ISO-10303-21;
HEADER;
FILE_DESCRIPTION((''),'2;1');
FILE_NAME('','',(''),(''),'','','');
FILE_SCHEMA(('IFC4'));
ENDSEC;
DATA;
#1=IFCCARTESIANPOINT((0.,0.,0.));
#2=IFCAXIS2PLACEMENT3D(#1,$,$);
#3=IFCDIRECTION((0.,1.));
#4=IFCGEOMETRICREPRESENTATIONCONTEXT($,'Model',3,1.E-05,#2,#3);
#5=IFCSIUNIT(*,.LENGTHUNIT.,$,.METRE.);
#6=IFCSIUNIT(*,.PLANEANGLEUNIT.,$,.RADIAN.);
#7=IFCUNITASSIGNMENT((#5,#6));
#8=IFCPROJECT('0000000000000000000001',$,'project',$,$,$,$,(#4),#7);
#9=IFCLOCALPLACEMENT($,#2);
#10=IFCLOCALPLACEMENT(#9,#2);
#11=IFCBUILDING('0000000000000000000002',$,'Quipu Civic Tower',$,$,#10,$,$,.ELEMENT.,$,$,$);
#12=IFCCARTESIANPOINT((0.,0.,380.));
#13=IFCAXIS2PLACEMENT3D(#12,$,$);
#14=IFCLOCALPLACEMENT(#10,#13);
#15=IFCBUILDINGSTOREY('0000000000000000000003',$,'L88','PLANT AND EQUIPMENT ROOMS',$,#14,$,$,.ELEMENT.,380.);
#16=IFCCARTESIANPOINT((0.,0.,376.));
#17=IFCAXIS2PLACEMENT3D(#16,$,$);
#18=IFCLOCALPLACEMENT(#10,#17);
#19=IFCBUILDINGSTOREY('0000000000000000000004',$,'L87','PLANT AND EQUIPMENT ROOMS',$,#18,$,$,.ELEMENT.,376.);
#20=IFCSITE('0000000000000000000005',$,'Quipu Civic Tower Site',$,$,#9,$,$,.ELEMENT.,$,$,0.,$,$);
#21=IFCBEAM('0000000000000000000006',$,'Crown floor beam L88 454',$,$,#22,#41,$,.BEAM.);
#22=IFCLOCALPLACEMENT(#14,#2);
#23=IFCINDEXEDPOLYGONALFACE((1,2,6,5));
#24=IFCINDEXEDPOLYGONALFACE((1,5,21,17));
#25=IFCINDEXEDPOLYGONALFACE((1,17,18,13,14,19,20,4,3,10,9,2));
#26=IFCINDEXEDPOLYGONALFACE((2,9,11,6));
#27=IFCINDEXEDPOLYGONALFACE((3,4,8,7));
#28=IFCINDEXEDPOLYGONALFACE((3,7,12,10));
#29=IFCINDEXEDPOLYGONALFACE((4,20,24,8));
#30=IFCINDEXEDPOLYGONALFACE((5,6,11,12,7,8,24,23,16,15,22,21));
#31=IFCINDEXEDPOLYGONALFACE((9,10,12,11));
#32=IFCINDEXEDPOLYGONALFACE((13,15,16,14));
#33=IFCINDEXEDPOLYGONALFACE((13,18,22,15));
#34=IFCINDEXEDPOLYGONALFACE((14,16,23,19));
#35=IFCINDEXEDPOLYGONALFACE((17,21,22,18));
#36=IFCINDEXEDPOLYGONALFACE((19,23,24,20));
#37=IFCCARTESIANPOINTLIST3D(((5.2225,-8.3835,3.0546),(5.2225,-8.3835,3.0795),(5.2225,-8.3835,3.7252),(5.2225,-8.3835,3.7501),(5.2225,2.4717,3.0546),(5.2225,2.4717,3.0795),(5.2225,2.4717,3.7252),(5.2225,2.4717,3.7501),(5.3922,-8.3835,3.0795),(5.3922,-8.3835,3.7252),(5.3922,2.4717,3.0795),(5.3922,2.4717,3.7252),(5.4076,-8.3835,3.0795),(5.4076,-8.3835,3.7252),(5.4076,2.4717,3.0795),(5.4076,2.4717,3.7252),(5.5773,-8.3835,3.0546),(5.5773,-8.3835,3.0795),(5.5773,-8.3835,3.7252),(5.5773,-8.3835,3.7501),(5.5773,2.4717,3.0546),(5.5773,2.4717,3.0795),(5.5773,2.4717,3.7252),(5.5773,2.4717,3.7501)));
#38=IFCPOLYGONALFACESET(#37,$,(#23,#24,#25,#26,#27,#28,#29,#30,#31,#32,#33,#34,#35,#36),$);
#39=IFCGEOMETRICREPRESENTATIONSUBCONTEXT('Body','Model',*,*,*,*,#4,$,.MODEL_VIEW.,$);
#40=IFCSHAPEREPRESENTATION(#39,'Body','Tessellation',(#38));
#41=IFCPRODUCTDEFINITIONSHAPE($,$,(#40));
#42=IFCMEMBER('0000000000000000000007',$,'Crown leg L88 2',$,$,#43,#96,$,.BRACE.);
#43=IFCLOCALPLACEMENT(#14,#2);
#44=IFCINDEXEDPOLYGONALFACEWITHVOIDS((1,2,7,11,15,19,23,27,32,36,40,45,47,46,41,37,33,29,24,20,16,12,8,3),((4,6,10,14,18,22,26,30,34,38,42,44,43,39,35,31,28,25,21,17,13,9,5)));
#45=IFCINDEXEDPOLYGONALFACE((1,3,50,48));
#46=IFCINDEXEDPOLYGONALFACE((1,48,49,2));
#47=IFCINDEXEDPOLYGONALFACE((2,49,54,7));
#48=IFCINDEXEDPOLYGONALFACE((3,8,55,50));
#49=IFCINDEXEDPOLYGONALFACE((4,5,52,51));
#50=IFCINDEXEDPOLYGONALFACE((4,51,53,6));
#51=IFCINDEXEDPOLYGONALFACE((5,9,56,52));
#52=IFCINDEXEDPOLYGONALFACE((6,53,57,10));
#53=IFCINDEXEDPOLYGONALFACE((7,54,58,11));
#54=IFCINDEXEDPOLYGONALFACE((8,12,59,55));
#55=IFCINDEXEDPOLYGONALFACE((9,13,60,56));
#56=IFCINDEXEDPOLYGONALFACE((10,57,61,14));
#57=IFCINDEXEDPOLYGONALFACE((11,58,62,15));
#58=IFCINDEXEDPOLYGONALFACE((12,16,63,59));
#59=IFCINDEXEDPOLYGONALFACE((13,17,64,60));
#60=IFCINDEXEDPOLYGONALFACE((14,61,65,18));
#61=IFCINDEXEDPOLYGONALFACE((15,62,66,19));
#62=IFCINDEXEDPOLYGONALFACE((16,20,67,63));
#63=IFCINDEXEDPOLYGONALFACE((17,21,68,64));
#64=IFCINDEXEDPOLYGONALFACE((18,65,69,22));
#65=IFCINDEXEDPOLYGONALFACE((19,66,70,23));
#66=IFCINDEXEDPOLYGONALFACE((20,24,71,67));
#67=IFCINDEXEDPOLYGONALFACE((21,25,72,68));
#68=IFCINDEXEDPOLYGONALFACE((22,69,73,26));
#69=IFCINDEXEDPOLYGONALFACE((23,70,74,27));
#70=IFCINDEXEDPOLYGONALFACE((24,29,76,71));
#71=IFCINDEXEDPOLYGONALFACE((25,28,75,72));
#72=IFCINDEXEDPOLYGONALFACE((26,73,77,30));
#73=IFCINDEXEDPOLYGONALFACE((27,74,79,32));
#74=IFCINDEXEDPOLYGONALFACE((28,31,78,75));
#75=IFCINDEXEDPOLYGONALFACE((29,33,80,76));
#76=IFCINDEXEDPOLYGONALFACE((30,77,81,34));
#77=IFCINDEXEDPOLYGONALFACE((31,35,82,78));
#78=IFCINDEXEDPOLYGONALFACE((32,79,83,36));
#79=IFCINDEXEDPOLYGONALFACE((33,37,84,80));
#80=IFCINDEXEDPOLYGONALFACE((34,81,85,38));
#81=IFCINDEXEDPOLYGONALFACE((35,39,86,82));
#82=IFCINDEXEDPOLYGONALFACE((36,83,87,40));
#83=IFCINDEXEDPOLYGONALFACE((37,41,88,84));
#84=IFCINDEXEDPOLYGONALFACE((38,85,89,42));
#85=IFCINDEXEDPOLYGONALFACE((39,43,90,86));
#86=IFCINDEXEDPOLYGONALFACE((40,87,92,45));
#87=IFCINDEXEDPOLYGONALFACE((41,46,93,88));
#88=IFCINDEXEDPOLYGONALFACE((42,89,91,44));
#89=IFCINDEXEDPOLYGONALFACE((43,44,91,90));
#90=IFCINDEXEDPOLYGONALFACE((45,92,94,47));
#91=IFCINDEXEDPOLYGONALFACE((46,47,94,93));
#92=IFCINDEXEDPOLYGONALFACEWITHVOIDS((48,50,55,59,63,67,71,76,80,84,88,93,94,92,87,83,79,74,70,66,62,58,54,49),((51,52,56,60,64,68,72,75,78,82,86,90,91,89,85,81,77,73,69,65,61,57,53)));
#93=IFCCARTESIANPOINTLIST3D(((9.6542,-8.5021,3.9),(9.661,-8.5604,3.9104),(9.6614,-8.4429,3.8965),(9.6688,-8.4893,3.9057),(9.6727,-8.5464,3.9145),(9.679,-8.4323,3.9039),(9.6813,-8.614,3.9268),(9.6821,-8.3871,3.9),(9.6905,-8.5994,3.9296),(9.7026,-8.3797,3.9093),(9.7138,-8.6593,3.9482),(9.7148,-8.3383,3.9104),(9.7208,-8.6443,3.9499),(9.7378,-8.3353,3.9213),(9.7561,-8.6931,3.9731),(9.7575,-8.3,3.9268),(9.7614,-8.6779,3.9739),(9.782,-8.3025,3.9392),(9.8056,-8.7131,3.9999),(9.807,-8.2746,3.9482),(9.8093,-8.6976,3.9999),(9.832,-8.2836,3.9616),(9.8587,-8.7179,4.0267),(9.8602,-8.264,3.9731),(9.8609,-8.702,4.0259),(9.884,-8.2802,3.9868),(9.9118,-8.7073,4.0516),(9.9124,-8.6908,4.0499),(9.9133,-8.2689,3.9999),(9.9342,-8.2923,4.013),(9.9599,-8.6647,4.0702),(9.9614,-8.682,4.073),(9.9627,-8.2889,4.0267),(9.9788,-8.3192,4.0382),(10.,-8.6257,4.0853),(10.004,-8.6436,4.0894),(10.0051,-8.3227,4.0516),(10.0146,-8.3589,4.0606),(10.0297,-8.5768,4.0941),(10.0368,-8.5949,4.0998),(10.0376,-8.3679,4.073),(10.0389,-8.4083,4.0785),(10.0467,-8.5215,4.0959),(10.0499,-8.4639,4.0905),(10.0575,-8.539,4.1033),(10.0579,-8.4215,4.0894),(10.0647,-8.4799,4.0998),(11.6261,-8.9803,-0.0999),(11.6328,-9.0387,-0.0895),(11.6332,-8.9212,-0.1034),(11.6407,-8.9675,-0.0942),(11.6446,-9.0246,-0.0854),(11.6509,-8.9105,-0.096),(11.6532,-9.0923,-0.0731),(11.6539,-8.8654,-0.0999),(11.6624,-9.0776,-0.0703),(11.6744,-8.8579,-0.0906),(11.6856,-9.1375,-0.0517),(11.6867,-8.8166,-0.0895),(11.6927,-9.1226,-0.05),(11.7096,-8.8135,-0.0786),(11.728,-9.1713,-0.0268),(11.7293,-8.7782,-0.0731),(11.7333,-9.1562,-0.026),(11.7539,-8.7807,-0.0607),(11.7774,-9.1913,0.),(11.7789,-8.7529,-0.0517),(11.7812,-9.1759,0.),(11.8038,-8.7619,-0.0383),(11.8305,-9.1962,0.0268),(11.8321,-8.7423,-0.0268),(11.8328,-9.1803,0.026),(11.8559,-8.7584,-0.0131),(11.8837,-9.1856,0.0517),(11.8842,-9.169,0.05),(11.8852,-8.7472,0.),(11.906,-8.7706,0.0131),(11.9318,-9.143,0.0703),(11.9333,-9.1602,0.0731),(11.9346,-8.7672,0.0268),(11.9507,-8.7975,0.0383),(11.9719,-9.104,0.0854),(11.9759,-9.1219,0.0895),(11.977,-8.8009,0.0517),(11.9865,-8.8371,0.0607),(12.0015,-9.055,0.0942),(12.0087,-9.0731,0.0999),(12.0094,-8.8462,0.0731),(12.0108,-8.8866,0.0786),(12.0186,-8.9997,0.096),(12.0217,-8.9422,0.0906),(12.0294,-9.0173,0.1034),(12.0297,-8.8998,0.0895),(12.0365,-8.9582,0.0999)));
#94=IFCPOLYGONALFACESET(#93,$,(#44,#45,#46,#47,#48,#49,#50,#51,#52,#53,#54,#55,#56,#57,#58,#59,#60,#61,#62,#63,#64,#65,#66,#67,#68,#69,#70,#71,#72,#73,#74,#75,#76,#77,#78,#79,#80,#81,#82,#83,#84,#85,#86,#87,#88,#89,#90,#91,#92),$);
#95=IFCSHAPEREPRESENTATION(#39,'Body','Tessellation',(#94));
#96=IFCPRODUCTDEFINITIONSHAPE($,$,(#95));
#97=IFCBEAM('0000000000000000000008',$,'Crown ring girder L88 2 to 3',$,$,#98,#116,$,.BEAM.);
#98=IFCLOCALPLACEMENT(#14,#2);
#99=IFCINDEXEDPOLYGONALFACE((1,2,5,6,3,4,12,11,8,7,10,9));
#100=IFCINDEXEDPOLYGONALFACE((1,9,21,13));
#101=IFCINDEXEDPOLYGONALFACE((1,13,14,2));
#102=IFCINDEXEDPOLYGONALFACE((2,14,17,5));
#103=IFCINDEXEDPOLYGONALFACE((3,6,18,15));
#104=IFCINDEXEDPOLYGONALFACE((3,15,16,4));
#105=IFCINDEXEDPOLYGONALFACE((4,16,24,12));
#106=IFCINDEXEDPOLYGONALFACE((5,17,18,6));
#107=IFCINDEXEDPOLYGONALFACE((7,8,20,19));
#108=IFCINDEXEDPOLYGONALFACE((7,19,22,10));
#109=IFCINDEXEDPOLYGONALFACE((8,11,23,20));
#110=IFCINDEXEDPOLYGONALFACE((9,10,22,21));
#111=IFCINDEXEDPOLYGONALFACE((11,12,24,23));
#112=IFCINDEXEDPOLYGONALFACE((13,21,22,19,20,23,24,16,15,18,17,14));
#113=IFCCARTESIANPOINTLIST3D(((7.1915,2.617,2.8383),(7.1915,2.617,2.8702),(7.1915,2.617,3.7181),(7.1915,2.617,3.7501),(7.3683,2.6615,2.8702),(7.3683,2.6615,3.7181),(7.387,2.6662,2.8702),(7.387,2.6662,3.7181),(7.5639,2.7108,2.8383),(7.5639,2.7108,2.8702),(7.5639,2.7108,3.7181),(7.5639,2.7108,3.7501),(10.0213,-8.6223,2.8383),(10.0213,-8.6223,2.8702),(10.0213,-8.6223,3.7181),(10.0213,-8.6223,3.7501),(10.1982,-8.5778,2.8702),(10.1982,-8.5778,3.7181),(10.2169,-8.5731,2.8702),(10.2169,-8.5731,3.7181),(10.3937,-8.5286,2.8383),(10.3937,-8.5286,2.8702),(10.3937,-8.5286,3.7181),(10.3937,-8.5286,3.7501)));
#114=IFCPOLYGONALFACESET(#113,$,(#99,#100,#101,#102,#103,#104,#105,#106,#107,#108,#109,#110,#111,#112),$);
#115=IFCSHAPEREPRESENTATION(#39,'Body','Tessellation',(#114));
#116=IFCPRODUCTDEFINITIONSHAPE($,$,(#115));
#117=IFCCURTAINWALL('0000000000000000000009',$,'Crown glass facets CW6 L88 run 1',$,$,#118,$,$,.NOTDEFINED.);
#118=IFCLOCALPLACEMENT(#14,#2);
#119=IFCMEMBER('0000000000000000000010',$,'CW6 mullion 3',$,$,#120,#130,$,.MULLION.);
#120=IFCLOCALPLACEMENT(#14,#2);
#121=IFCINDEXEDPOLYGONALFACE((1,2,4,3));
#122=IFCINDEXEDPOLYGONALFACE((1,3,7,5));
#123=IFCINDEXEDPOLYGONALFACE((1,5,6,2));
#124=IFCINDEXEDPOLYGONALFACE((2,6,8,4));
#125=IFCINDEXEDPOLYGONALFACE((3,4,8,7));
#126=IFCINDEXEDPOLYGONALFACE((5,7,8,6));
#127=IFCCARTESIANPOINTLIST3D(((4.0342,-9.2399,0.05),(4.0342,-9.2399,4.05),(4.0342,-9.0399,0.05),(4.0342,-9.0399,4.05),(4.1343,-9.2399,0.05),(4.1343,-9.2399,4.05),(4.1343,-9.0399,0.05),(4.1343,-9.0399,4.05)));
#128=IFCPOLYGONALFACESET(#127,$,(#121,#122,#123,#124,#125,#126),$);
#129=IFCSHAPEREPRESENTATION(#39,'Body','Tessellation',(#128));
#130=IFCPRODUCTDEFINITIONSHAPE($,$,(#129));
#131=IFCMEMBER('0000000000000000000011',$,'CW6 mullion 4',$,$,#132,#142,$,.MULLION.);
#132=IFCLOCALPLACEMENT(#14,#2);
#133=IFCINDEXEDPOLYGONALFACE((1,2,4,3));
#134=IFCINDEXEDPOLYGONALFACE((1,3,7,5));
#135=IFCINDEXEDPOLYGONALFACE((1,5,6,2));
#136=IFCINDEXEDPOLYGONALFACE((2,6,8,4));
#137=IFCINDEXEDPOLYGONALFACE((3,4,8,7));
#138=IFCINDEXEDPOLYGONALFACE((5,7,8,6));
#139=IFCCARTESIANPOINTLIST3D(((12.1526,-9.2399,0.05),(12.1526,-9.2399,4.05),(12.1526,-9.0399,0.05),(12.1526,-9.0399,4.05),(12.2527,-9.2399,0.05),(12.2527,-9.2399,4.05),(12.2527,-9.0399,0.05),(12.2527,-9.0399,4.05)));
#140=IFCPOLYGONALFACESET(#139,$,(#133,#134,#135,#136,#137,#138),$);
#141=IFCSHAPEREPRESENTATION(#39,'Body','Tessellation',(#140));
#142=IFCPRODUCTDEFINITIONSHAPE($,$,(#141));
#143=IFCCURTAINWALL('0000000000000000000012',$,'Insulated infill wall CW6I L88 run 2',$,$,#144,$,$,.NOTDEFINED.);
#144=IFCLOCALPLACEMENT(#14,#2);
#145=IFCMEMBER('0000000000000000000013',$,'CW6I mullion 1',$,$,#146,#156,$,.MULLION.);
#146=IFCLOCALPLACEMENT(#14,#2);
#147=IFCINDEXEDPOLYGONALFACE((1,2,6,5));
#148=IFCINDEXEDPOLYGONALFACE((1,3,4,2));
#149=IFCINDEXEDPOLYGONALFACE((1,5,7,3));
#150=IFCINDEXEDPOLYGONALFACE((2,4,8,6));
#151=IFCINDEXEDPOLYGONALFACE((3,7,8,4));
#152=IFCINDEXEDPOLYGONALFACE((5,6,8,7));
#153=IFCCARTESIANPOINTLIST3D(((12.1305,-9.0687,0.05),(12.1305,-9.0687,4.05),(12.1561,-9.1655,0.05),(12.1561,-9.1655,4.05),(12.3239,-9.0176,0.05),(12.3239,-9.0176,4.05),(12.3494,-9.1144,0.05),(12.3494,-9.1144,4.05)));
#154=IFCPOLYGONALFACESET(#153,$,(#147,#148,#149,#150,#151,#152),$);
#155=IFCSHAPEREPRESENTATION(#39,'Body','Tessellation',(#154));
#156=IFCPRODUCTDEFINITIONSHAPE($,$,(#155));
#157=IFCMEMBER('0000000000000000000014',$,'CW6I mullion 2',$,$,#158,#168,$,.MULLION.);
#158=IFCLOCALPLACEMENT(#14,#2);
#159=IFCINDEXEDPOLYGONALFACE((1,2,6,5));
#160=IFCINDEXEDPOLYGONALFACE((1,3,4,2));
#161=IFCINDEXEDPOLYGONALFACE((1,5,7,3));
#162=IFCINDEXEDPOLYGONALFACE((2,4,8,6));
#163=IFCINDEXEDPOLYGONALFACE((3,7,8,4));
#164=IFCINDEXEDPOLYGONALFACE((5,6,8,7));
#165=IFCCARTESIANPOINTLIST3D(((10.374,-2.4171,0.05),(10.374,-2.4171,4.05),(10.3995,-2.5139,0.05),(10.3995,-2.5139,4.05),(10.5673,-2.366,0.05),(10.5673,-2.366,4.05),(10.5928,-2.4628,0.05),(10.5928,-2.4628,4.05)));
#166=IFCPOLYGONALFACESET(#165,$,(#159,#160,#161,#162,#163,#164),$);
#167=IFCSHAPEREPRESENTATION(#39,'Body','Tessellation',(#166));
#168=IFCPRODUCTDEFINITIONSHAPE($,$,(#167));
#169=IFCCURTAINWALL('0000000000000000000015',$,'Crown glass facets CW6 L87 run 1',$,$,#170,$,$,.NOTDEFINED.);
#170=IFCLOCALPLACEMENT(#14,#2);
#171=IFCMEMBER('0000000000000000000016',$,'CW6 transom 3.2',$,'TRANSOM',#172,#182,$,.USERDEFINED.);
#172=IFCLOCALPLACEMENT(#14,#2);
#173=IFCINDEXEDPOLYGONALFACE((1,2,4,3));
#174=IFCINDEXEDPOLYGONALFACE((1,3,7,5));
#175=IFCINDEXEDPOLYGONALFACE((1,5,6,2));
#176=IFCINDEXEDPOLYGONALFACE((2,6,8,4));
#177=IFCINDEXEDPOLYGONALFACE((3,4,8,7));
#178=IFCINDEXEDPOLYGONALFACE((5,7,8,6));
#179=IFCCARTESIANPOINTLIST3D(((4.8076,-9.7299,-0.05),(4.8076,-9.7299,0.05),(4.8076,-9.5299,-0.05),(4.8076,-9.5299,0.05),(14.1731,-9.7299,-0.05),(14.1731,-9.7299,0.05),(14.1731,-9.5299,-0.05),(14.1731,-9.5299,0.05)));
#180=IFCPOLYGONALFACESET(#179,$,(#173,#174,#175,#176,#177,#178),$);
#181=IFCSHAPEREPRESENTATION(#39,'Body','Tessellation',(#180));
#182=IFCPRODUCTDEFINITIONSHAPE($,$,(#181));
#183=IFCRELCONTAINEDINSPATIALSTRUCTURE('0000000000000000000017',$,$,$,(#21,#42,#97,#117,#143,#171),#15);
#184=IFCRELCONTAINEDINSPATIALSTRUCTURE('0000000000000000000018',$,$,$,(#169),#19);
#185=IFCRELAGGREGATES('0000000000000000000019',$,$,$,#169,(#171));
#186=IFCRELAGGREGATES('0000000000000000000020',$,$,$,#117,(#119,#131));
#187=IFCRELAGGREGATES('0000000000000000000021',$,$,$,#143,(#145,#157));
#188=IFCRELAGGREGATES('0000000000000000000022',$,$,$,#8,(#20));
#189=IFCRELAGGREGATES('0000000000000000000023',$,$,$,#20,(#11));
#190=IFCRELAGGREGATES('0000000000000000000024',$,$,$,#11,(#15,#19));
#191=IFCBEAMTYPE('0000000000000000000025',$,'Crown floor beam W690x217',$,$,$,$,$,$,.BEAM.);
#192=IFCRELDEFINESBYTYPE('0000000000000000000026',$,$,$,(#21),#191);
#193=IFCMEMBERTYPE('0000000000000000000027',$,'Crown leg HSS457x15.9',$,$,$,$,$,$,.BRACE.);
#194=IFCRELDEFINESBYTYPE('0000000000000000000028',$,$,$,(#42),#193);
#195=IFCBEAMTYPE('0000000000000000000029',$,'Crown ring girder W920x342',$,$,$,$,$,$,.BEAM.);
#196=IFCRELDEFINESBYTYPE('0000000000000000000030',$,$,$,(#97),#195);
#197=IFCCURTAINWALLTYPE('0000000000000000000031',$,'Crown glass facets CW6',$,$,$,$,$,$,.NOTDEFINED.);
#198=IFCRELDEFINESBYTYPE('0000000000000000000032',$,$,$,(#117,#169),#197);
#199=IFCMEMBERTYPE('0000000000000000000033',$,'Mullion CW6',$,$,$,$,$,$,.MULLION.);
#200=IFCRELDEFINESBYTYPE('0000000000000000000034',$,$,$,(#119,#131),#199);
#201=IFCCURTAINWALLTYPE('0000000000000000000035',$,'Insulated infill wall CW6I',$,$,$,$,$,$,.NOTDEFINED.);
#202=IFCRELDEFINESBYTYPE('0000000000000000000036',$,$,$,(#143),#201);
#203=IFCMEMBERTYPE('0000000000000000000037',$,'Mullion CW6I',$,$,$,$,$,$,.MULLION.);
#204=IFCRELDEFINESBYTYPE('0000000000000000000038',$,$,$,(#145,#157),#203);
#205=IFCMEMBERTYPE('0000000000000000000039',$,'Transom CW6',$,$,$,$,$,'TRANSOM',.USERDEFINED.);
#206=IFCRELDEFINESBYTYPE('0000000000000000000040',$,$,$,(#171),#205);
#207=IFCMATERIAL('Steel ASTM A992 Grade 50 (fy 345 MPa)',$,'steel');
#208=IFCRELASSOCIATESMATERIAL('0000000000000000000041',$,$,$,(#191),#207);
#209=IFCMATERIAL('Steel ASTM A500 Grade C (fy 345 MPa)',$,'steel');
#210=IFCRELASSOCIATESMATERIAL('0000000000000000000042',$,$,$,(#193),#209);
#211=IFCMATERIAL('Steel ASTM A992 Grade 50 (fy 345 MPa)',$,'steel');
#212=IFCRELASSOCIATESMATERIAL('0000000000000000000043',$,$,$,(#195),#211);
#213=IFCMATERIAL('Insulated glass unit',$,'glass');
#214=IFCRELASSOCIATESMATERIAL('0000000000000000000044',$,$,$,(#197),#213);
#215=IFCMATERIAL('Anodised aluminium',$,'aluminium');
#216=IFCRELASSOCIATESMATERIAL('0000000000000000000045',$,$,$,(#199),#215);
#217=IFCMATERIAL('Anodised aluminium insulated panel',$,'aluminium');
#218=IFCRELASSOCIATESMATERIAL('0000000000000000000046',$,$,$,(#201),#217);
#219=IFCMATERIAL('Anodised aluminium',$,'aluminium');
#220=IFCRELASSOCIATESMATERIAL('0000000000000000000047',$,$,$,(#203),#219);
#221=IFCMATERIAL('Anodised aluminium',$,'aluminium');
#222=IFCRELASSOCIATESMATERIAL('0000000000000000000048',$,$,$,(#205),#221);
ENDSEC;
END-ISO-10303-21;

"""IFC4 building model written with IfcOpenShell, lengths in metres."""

from ifc_helpers import new_model, si_unit, direction, frame, origin, origin_2d, place, context, subcontext, project, spatial, rectangle, hollow_circle, i_section, extrude, material, material_profile, profile_set, type_object, element, aggregate, save


model = new_model("IFC4")

# Units and contexts
model_context = context("Model", 3, precision=1e-05, world=origin(), true_north=direction((0.0, 1.0)))
body_context = subcontext(model_context, "Body", "Model", "MODEL_VIEW")
ifc_project = project(units=[si_unit("LENGTHUNIT", "METRE"), si_unit("PLANEANGLEUNIT", "RADIAN")], contexts=[model_context])

# Site, building, storey
site_placement = place(None, origin())
site = spatial("IfcSite", under=ifc_project, at=site_placement, Name="Quipu Civic Tower Site", CompositionType="ELEMENT", RefElevation=0.0)
building_placement = place(site_placement, origin())
building = spatial("IfcBuilding", under=site, at=building_placement, Name="Quipu Civic Tower", CompositionType="ELEMENT")
storey_1_placement = place(building_placement, frame((0.0, 0.0, 380.0)))
storey_1 = spatial("IfcBuildingStorey", under=building, at=storey_1_placement, Name="L88", Description="PLANT AND EQUIPMENT ROOMS", CompositionType="ELEMENT", Elevation=380.0)

# Beam
ifc_material_1 = material(Name="Steel ASTM A992 Grade 50 (fy 345 MPa)", Category="steel")
ifc_material_profile_1 = material_profile(ifc_material_1, i_section(OverallWidth=0.3547, OverallDepth=0.6956, WebThickness=0.0154, FlangeThickness=0.0249, at=origin_2d()), Name="W690x217")
ifc_profile_set_1 = profile_set([ifc_material_profile_1], Name="Steel ASTM A992 Grade 50 (fy 345 MPa)")
beam_type_1 = type_object("IfcBeamType", Name="Crown floor beam W690x217", PredefinedType="BEAM", material=ifc_profile_set_1)
beam_1_placement = place(storey_1_placement, frame((5.3999, -8.3835, 3.4023), z_axis=(0.0, 1.0, 0.0), x_axis=(-1.0, 0.0, 0.0)))
element("IfcBeam", 1, at=beam_1_placement, inside=storey_1, type_object=beam_type_1, Name="Crown floor beam L88 454", PredefinedType="BEAM", context=body_context, shape_type="SweptSolid", body=[
    extrude(i_section(OverallWidth=0.3547, OverallDepth=0.6956, WebThickness=0.0154, FlangeThickness=0.0249, at=origin_2d()), origin(), (0.0, 0.0, 1.0), 10.8552),
])

# Member
ifc_material_2 = material(Name="Steel ASTM A500 Grade C (fy 345 MPa)", Category="steel")
ifc_material_profile_2 = material_profile(ifc_material_2, hollow_circle(Radius=0.2285, WallThickness=0.0159, at=origin_2d()), Name="HSS457x15.9")
ifc_profile_set_2 = profile_set([ifc_material_profile_2], Name="Steel ASTM A500 Grade C (fy 345 MPa)")
member_type_1 = type_object("IfcMemberType", Name="Crown leg HSS457x15.9", PredefinedType="BRACE", material=ifc_profile_set_2)
member_1_placement = place(storey_1_placement, frame((11.8313, -8.9692, 0.0), z_axis=(-0.439649, 0.106633, 0.891817), x_axis=(-0.235707, -0.971824, 0.0)))
element("IfcMember", 2, at=member_1_placement, inside=storey_1, type_object=member_type_1, Name="Crown leg L88 2", PredefinedType="BRACE", context=body_context, shape_type="SweptSolid", body=[
    extrude(hollow_circle(Radius=0.2285, WallThickness=0.0159, at=origin_2d()), origin(), (0.0, 0.0, 1.0), 4.4851),
])

# Beam
ifc_material_3 = material(Name="Steel ASTM A992 Grade 50 (fy 345 MPa)", Category="steel")
ifc_material_profile_3 = material_profile(ifc_material_3, i_section(OverallWidth=0.384, OverallDepth=0.9119, WebThickness=0.0193, FlangeThickness=0.032, at=origin_2d()), Name="W920x342")
ifc_profile_set_3 = profile_set([ifc_material_profile_3], Name="Steel ASTM A992 Grade 50 (fy 345 MPa)")
beam_type_2 = type_object("IfcBeamType", Name="Crown ring girder W920x342", PredefinedType="BEAM", material=ifc_profile_set_3)
beam_2_placement = place(storey_1_placement, frame((10.2075, -8.5754, 3.2942), z_axis=(-0.244161, 0.969735, 0.0), x_axis=(-0.969735, -0.244161, 0.0)))
element("IfcBeam", 3, at=beam_2_placement, inside=storey_1, type_object=beam_type_2, Name="Crown ring girder L88 2 to 3", PredefinedType="BEAM", context=body_context, shape_type="SweptSolid", body=[
    extrude(i_section(OverallWidth=0.384, OverallDepth=0.9119, WebThickness=0.0193, FlangeThickness=0.032, at=origin_2d()), origin(), (0.0, 0.0, 1.0), 11.5901),
])

# Curtain walls, members
ifc_material_4 = material(Name="Insulated glass unit", Category="glass")
curtain_wall_type_1 = type_object("IfcCurtainWallType", Name="Crown glass facets CW6", PredefinedType="NOTDEFINED", material=ifc_material_4)
curtain_wall_1_placement = place(storey_1_placement, origin())
curtain_wall_1 = element("IfcCurtainWall", 4, at=curtain_wall_1_placement, inside=storey_1, type_object=curtain_wall_type_1, Name="Crown glass facets CW6 L88 run 1", PredefinedType="NOTDEFINED")
ifc_material_5 = material(Name="Anodised aluminium", Category="aluminium")
ifc_material_profile_4 = material_profile(ifc_material_5, rectangle(XDim=0.2, YDim=0.1001, at=origin_2d()), Name="RECT 200x100")
ifc_profile_set_4 = profile_set([ifc_material_profile_4], Name="Anodised aluminium")
member_type_2 = type_object("IfcMemberType", Name="Mullion CW6", PredefinedType="MULLION", material=ifc_profile_set_4)
member_2_placement = place(storey_1_placement, frame((4.0842, -9.1399, 0.05), z_axis=(0.0, 0.0, 1.0), x_axis=(0.0, 1.0, 0.0)))
member_2 = element("IfcMember", 5, at=member_2_placement, type_object=member_type_2, Name="CW6 mullion 3", PredefinedType="MULLION", context=body_context, shape_type="SweptSolid", body=[
    extrude(rectangle(XDim=0.2, YDim=0.1001, at=origin_2d()), origin(), (0.0, 0.0, 1.0), 4.0),
])
member_3_placement = place(storey_1_placement, frame((12.2026, -9.1399, 0.05), z_axis=(0.0, 0.0, 1.0), x_axis=(0.0, 1.0, 0.0)))
member_3 = element("IfcMember", 6, at=member_3_placement, type_object=member_type_2, Name="CW6 mullion 4", PredefinedType="MULLION", context=body_context, shape_type="SweptSolid", body=[
    extrude(rectangle(XDim=0.2, YDim=0.1001, at=origin_2d()), origin(), (0.0, 0.0, 1.0), 4.0),
])
ifc_material_6 = material(Name="Anodised aluminium insulated panel", Category="aluminium")
curtain_wall_type_2 = type_object("IfcCurtainWallType", Name="Insulated infill wall CW6I", PredefinedType="NOTDEFINED", material=ifc_material_6)
curtain_wall_2_placement = place(storey_1_placement, origin())
curtain_wall_2 = element("IfcCurtainWall", 7, at=curtain_wall_2_placement, inside=storey_1, type_object=curtain_wall_type_2, Name="Insulated infill wall CW6I L88 run 2", PredefinedType="NOTDEFINED")
ifc_material_7 = material(Name="Anodised aluminium", Category="aluminium")
ifc_material_profile_5 = material_profile(ifc_material_7, rectangle(XDim=0.2, YDim=0.1001, at=origin_2d()), Name="RECT 200x100")
ifc_profile_set_5 = profile_set([ifc_material_profile_5], Name="Anodised aluminium")
member_type_3 = type_object("IfcMemberType", Name="Mullion CW6I", PredefinedType="MULLION", material=ifc_profile_set_5)
member_4_placement = place(storey_1_placement, frame((12.24, -9.0916, 0.05), z_axis=(0.0, 0.0, 1.0), x_axis=(-0.966856, -0.255322, 0.0)))
member_4 = element("IfcMember", 8, at=member_4_placement, type_object=member_type_3, Name="CW6I mullion 1", PredefinedType="MULLION", context=body_context, shape_type="SweptSolid", body=[
    extrude(rectangle(XDim=0.2, YDim=0.1001, at=origin_2d()), origin(), (0.0, 0.0, 1.0), 4.0),
])
member_5_placement = place(storey_1_placement, frame((10.4834, -2.4399, 0.05), z_axis=(0.0, 0.0, 1.0), x_axis=(-0.966856, -0.255322, 0.0)))
member_5 = element("IfcMember", 9, at=member_5_placement, type_object=member_type_3, Name="CW6I mullion 2", PredefinedType="MULLION", context=body_context, shape_type="SweptSolid", body=[
    extrude(rectangle(XDim=0.2, YDim=0.1001, at=origin_2d()), origin(), (0.0, 0.0, 1.0), 4.0),
])

# Shared definitions
storey_2_placement = place(building_placement, frame((0.0, 0.0, 376.0)))
storey_2 = spatial("IfcBuildingStorey", under=building, at=storey_2_placement, Name="L87", Description="PLANT AND EQUIPMENT ROOMS", CompositionType="ELEMENT", Elevation=376.0)

# Curtain wall, member
curtain_wall_3_placement = place(storey_2_placement, origin())
curtain_wall_3 = element("IfcCurtainWall", 10, at=curtain_wall_3_placement, inside=storey_2, type_object=curtain_wall_type_1, Name="Crown glass facets CW6 L87 run 1", PredefinedType="NOTDEFINED")
ifc_material_8 = material(Name="Anodised aluminium", Category="aluminium")
ifc_material_profile_6 = material_profile(ifc_material_8, rectangle(XDim=0.2, YDim=0.1001, at=origin_2d()), Name="RECT 200x100")
ifc_profile_set_6 = profile_set([ifc_material_profile_6], Name="Anodised aluminium")
member_type_4 = type_object("IfcMemberType", Name="Transom CW6", ElementType="TRANSOM", PredefinedType="USERDEFINED", material=ifc_profile_set_6)
member_6_placement = place(storey_1_placement, frame((4.8076, -9.6299, 0.0), z_axis=(1.0, 0.0, 0.0), x_axis=(0.0, 1.0, 0.0)))
member_6 = element("IfcMember", 11, at=member_6_placement, inside=storey_1, type_object=member_type_4, Name="CW6 transom 3.2", ObjectType="TRANSOM", PredefinedType="USERDEFINED", context=body_context, shape_type="SweptSolid", body=[
    extrude(rectangle(XDim=0.2, YDim=0.1001, at=origin_2d()), origin(), (0.0, 0.0, 1.0), 9.3655),
])
aggregate(curtain_wall_3, [member_6])

aggregate(curtain_wall_1, [member_2, member_3])
aggregate(curtain_wall_2, [member_4, member_5])

save(model, "model.ifc")
